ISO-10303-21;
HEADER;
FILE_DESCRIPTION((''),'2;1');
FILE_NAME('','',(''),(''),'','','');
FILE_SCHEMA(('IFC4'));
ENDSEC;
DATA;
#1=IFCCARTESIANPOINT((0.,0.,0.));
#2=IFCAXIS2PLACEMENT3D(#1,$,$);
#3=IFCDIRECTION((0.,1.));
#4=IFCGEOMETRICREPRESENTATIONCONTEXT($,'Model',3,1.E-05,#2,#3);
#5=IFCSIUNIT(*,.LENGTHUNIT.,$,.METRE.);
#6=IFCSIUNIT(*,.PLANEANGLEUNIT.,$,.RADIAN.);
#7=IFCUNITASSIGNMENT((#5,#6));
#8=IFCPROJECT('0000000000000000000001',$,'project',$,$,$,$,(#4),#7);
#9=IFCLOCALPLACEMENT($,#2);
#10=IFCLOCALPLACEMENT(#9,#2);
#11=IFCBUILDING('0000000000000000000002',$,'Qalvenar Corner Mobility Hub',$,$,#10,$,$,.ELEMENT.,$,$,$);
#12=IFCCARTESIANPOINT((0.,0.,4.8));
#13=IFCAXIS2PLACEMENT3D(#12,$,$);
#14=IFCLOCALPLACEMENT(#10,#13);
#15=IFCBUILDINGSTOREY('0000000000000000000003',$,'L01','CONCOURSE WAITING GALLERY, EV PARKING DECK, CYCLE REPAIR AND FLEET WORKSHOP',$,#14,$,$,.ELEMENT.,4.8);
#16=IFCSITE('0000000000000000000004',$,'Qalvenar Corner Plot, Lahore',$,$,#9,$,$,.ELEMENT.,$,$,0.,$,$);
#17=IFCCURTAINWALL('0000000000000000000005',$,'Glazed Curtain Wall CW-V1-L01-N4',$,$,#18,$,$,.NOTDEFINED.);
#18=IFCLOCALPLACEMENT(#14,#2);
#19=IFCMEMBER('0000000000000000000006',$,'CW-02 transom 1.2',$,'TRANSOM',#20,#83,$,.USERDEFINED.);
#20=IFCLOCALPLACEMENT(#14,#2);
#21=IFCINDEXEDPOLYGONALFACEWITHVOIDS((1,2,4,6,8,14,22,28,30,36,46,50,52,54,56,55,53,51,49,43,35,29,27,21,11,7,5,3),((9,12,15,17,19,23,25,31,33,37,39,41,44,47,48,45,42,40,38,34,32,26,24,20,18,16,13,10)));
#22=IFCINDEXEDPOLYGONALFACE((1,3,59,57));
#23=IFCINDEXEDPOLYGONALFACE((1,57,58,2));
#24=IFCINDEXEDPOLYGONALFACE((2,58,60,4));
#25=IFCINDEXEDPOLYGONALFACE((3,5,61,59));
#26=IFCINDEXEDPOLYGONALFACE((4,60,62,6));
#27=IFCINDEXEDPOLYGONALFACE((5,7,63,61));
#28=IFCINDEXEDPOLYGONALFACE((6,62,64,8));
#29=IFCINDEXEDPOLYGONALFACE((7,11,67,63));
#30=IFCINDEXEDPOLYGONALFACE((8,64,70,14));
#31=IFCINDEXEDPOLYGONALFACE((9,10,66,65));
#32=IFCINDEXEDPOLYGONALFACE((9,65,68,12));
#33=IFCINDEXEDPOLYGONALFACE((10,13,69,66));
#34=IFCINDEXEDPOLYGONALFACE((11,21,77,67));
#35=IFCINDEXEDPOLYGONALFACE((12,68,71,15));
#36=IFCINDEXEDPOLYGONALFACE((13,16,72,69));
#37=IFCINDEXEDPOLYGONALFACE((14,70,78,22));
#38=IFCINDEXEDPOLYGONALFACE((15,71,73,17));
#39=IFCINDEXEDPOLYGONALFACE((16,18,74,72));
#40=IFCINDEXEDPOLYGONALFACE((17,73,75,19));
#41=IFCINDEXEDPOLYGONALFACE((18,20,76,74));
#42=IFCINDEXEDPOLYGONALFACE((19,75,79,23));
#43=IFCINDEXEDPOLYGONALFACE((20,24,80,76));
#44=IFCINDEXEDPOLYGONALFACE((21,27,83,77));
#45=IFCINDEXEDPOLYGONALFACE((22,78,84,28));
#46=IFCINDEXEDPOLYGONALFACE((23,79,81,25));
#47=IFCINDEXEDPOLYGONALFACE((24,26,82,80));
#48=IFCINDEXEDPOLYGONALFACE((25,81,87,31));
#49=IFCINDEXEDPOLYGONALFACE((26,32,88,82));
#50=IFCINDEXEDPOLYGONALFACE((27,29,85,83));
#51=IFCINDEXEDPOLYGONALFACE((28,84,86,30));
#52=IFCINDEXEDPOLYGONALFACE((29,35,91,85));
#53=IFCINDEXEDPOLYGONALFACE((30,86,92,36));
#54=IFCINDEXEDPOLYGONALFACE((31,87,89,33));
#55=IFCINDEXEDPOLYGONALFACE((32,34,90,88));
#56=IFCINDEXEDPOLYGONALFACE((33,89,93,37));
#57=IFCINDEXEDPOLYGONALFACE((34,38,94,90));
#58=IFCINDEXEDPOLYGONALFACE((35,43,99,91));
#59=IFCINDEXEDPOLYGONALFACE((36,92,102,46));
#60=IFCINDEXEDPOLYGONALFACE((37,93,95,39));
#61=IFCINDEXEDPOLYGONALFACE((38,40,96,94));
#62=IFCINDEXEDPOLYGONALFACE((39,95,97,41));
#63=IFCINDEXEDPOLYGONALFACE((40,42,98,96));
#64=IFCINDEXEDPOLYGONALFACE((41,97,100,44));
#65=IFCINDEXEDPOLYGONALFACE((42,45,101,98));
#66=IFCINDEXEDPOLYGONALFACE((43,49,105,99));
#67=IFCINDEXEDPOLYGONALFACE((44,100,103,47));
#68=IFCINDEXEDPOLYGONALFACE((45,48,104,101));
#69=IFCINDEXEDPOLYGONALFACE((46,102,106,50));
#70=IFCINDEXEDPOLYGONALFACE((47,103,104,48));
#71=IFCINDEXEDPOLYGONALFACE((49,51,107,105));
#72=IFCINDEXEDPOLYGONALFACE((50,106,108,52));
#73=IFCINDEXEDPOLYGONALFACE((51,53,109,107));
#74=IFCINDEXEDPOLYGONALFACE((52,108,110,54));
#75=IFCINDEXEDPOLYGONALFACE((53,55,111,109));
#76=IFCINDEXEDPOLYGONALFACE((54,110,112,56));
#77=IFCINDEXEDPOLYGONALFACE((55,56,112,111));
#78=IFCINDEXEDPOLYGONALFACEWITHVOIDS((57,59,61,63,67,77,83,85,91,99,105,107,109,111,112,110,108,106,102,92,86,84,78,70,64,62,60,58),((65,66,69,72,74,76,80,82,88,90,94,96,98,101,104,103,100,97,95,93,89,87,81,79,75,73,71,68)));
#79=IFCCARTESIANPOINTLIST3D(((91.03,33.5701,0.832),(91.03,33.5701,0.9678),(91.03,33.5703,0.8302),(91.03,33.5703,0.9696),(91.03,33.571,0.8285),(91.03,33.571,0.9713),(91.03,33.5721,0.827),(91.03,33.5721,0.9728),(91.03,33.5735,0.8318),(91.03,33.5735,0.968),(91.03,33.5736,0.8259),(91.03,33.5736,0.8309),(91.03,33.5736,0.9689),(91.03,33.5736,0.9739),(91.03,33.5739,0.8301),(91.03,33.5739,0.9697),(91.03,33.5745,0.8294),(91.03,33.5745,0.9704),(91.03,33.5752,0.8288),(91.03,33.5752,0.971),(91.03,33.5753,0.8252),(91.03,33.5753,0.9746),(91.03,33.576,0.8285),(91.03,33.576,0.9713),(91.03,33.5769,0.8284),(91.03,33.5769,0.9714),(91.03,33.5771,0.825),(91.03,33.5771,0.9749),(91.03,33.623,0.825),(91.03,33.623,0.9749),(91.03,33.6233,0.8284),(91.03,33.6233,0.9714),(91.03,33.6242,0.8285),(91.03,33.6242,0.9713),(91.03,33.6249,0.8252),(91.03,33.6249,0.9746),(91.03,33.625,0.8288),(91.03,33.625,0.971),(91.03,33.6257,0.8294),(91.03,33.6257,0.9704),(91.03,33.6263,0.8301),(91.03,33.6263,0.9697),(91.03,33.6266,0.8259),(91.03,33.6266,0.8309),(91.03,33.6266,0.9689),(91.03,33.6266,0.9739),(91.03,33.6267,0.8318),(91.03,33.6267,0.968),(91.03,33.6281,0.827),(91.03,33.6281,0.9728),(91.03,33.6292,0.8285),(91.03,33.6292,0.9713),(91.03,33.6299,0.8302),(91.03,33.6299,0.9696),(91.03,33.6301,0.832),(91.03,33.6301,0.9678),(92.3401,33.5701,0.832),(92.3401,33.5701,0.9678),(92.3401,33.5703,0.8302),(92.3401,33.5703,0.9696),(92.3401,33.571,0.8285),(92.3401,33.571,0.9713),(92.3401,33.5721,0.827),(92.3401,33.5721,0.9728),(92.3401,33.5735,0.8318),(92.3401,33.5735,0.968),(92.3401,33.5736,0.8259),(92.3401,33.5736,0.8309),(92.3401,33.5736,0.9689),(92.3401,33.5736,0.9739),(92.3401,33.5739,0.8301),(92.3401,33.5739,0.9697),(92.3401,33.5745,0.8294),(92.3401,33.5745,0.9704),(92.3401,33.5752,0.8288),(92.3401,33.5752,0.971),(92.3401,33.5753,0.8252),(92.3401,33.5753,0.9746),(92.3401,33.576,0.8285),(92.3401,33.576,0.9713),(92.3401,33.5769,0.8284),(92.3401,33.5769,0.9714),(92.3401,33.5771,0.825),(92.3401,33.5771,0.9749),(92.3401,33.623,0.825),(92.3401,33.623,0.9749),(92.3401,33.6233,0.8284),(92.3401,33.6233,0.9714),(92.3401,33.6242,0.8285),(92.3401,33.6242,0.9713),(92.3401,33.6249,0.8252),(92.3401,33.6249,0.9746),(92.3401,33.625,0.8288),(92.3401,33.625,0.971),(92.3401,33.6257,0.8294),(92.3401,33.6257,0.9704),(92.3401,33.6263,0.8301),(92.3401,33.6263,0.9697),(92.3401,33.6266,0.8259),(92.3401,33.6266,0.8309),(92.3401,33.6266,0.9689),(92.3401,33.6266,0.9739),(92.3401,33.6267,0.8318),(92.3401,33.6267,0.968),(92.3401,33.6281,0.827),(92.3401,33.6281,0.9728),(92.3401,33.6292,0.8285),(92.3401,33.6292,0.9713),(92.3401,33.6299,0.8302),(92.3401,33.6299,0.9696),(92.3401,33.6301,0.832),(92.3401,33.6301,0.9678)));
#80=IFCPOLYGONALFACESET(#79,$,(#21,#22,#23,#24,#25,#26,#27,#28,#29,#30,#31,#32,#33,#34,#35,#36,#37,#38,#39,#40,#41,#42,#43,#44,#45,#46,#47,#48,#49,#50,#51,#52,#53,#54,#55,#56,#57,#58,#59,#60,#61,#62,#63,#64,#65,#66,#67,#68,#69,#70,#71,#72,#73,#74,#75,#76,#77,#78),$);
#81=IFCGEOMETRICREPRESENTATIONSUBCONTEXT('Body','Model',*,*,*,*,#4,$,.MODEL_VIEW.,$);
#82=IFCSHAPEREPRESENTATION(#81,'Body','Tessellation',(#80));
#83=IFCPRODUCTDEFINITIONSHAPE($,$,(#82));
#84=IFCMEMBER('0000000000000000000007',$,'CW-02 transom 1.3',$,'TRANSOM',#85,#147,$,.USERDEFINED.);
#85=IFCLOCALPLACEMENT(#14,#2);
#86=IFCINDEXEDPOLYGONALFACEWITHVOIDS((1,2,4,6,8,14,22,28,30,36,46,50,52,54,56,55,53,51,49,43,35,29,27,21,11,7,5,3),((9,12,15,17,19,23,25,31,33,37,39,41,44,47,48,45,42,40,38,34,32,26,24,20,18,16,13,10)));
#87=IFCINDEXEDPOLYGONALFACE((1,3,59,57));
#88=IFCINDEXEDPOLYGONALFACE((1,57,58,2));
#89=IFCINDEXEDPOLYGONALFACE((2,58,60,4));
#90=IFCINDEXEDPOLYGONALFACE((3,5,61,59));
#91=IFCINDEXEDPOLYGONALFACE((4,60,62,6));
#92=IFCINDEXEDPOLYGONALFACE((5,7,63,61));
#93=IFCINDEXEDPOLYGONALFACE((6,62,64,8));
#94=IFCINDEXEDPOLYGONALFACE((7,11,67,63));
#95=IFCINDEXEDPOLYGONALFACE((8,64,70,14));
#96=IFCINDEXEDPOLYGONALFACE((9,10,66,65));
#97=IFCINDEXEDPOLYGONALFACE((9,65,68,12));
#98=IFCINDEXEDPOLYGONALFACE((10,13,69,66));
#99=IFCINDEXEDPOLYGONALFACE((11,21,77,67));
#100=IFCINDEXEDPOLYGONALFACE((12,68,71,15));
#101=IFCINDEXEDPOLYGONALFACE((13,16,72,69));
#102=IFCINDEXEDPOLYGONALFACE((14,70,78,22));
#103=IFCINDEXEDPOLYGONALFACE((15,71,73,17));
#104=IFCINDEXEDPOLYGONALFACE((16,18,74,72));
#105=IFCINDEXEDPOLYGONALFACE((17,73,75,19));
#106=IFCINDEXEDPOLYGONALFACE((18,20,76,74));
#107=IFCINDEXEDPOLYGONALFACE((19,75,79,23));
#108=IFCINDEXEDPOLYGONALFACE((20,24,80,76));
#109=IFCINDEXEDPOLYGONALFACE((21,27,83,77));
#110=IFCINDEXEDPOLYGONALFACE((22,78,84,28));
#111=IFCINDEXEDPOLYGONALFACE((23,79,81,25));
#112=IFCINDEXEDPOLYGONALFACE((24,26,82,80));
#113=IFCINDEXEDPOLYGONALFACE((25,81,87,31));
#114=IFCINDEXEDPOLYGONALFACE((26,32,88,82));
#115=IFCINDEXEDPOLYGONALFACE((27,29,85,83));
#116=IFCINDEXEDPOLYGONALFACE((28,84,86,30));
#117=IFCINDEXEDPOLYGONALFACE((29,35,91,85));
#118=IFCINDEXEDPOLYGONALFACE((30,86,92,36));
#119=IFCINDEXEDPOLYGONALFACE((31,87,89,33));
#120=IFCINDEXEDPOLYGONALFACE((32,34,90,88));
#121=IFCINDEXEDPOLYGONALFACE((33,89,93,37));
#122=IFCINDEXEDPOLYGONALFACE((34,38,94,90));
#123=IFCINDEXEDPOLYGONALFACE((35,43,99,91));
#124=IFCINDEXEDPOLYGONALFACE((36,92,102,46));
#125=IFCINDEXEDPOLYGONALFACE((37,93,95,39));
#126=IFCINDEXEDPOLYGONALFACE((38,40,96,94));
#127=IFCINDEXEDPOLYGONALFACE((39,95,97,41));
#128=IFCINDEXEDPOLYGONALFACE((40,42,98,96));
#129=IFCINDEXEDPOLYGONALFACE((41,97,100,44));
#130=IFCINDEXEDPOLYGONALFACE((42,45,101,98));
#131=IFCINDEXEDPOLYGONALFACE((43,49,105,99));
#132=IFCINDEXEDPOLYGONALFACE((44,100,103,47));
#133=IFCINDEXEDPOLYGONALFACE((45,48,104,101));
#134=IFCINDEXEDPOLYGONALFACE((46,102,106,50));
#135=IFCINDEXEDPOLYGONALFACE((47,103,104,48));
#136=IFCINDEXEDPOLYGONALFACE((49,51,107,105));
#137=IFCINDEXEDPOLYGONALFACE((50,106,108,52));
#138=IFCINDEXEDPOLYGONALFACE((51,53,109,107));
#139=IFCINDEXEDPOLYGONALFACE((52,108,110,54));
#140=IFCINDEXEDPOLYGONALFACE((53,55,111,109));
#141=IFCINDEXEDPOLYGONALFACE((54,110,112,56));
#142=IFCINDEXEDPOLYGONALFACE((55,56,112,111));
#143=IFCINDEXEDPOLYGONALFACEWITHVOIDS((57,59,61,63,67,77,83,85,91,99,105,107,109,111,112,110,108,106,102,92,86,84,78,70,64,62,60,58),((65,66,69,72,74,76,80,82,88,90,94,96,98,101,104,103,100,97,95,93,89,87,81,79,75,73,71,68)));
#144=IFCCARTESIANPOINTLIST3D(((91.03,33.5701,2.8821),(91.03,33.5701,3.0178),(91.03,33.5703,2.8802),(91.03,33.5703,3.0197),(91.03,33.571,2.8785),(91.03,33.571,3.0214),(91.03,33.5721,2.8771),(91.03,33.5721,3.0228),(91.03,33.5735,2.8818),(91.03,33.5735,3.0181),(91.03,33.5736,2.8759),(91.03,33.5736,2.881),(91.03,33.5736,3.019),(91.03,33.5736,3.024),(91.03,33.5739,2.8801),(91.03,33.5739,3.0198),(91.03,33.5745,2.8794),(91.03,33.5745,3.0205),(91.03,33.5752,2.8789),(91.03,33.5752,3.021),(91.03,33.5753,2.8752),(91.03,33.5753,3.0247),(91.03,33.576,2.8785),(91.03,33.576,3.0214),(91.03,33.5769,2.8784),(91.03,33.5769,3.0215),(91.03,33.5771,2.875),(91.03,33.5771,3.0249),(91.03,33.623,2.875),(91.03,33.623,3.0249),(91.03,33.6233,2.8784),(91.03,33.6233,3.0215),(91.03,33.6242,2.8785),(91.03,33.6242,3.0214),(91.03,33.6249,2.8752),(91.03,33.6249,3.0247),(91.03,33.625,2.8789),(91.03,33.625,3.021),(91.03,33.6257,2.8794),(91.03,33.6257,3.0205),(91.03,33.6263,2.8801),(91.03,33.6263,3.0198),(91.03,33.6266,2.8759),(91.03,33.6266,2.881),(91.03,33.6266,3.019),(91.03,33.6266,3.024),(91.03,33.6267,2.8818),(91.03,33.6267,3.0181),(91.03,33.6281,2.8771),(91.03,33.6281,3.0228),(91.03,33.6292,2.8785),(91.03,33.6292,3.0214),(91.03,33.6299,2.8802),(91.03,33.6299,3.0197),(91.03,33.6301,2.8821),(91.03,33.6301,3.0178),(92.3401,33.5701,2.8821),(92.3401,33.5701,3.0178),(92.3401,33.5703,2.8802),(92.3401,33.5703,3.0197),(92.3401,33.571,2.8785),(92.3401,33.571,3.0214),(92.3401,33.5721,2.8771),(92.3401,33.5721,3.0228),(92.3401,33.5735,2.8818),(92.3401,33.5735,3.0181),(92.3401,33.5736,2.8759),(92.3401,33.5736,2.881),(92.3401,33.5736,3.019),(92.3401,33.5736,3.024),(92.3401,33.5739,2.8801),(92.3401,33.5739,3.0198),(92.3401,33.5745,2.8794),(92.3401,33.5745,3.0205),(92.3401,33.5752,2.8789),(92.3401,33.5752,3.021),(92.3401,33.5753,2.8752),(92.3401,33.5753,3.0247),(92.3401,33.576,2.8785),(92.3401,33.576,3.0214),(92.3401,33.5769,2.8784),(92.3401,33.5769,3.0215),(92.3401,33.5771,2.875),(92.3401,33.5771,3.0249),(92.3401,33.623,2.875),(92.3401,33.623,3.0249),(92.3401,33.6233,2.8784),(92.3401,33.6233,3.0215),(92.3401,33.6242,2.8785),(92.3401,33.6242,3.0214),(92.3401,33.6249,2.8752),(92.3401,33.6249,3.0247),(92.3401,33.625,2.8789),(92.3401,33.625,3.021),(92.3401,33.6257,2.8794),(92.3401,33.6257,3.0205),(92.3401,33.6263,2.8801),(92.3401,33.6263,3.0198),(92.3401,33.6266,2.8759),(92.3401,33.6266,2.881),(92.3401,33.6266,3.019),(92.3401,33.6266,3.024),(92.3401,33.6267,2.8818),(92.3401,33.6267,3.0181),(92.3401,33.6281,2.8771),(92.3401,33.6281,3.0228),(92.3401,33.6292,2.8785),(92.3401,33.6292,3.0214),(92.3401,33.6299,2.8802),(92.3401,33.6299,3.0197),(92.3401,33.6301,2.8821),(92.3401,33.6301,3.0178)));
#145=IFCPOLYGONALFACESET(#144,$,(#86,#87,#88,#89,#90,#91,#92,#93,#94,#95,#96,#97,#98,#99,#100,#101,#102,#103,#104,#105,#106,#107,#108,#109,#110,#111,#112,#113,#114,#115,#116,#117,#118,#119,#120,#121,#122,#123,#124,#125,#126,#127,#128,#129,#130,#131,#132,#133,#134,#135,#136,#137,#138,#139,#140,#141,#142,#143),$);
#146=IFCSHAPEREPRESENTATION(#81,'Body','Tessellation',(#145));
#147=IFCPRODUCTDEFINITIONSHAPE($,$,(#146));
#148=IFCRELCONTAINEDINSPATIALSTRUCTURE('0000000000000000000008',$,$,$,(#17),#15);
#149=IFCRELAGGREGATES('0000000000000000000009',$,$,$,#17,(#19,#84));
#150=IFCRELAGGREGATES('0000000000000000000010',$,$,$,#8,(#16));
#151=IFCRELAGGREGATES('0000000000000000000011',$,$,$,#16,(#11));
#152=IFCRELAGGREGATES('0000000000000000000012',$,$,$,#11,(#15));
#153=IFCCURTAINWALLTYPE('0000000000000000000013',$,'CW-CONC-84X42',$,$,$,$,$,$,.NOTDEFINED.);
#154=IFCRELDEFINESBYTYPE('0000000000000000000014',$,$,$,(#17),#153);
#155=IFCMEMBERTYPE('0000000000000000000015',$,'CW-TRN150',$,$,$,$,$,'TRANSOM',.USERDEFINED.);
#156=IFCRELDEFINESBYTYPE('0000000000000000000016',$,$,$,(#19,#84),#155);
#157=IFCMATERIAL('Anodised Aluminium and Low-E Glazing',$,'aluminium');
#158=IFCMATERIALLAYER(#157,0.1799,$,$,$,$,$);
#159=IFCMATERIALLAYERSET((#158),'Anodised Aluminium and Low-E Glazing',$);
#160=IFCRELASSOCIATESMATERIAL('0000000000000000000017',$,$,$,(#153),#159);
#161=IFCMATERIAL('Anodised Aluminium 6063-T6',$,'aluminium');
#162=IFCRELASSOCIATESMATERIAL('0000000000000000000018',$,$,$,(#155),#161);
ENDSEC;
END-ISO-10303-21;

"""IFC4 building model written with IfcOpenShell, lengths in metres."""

from ifc_helpers import new_model, si_unit, direction, frame, origin, origin_2d, place, context, subcontext, project, spatial, hollow_rectangle, extrude, material, layer, layer_set, material_profile, profile_set, type_object, element, aggregate, save


model = new_model("IFC4")

# Units and contexts
model_context = context("Model", 3, precision=1e-05, world=origin(), true_north=direction((0.0, 1.0)))
body_context = subcontext(model_context, "Body", "Model", "MODEL_VIEW")
ifc_project = project(units=[si_unit("LENGTHUNIT", "METRE"), si_unit("PLANEANGLEUNIT", "RADIAN")], contexts=[model_context])

# Site, building, storey
site_placement = place(None, origin())
site = spatial("IfcSite", under=ifc_project, at=site_placement, Name="Qalvenar Corner Plot, Lahore", CompositionType="ELEMENT", RefElevation=0.0)
building_placement = place(site_placement, origin())
building = spatial("IfcBuilding", under=site, at=building_placement, Name="Qalvenar Corner Mobility Hub", CompositionType="ELEMENT")
storey_placement = place(building_placement, frame((0.0, 0.0, 4.8)))
storey = spatial("IfcBuildingStorey", under=building, at=storey_placement, Name="L01", Description="CONCOURSE WAITING GALLERY, EV PARKING DECK, CYCLE REPAIR AND FLEET WORKSHOP", CompositionType="ELEMENT", Elevation=4.8)

# Curtain wall, members
ifc_material_1 = material(Name="Anodised Aluminium and Low-E Glazing", Category="aluminium")
ifc_layer_1 = layer(ifc_material_1, 0.1799)
ifc_layer_set_1 = layer_set([ifc_layer_1], Name="Anodised Aluminium and Low-E Glazing")
curtain_wall_type = type_object("IfcCurtainWallType", Name="CW-CONC-84X42", PredefinedType="NOTDEFINED", material=ifc_layer_set_1)
curtain_wall_placement = place(storey_placement, origin())
curtain_wall = element("IfcCurtainWall", 1, at=curtain_wall_placement, inside=storey, type_object=curtain_wall_type, Name="Glazed Curtain Wall CW-V1-L01-N4", PredefinedType="NOTDEFINED")
ifc_material_2 = material(Name="Anodised Aluminium 6063-T6", Category="aluminium")
ifc_material_profile_1 = material_profile(ifc_material_2, hollow_rectangle(XDim=0.0601, YDim=0.1499, WallThickness=0.0034, InnerFilletRadius=0.0034, OuterFilletRadius=0.0071, at=origin_2d()), Name="RHS150x60x3.5")
ifc_profile_set_1 = profile_set([ifc_material_profile_1], Name="Anodised Aluminium 6063-T6")
member_type_1 = type_object("IfcMemberType", Name="CW-TRN150", ElementType="TRANSOM", PredefinedType="USERDEFINED", material=ifc_profile_set_1)
member_1_placement = place(storey_placement, frame((92.3401, 33.6001, 0.8999), z_axis=(-1.0, 0.0, 0.0), x_axis=(0.0, -1.0, 0.0)))
member_1 = element("IfcMember", 2, at=member_1_placement, type_object=member_type_1, Name="CW-02 transom 1.2", ObjectType="TRANSOM", PredefinedType="USERDEFINED", context=body_context, shape_type="SweptSolid", body=[
    extrude(hollow_rectangle(XDim=0.0601, YDim=0.1499, WallThickness=0.0034, InnerFilletRadius=0.0034, OuterFilletRadius=0.0071, at=origin_2d()), origin(), (0.0, 0.0, 1.0), 1.3101),
])
member_2_placement = place(storey_placement, frame((92.3401, 33.6001, 2.95), z_axis=(-1.0, 0.0, 0.0), x_axis=(0.0, -1.0, 0.0)))
member_2 = element("IfcMember", 3, at=member_2_placement, type_object=member_type_1, Name="CW-02 transom 1.3", ObjectType="TRANSOM", PredefinedType="USERDEFINED", context=body_context, shape_type="SweptSolid", body=[
    extrude(hollow_rectangle(XDim=0.0601, YDim=0.1499, WallThickness=0.0034, InnerFilletRadius=0.0034, OuterFilletRadius=0.0071, at=origin_2d()), origin(), (0.0, 0.0, 1.0), 1.3101),
])
aggregate(curtain_wall, [member_1, member_2])

save(model, "model.ifc")
